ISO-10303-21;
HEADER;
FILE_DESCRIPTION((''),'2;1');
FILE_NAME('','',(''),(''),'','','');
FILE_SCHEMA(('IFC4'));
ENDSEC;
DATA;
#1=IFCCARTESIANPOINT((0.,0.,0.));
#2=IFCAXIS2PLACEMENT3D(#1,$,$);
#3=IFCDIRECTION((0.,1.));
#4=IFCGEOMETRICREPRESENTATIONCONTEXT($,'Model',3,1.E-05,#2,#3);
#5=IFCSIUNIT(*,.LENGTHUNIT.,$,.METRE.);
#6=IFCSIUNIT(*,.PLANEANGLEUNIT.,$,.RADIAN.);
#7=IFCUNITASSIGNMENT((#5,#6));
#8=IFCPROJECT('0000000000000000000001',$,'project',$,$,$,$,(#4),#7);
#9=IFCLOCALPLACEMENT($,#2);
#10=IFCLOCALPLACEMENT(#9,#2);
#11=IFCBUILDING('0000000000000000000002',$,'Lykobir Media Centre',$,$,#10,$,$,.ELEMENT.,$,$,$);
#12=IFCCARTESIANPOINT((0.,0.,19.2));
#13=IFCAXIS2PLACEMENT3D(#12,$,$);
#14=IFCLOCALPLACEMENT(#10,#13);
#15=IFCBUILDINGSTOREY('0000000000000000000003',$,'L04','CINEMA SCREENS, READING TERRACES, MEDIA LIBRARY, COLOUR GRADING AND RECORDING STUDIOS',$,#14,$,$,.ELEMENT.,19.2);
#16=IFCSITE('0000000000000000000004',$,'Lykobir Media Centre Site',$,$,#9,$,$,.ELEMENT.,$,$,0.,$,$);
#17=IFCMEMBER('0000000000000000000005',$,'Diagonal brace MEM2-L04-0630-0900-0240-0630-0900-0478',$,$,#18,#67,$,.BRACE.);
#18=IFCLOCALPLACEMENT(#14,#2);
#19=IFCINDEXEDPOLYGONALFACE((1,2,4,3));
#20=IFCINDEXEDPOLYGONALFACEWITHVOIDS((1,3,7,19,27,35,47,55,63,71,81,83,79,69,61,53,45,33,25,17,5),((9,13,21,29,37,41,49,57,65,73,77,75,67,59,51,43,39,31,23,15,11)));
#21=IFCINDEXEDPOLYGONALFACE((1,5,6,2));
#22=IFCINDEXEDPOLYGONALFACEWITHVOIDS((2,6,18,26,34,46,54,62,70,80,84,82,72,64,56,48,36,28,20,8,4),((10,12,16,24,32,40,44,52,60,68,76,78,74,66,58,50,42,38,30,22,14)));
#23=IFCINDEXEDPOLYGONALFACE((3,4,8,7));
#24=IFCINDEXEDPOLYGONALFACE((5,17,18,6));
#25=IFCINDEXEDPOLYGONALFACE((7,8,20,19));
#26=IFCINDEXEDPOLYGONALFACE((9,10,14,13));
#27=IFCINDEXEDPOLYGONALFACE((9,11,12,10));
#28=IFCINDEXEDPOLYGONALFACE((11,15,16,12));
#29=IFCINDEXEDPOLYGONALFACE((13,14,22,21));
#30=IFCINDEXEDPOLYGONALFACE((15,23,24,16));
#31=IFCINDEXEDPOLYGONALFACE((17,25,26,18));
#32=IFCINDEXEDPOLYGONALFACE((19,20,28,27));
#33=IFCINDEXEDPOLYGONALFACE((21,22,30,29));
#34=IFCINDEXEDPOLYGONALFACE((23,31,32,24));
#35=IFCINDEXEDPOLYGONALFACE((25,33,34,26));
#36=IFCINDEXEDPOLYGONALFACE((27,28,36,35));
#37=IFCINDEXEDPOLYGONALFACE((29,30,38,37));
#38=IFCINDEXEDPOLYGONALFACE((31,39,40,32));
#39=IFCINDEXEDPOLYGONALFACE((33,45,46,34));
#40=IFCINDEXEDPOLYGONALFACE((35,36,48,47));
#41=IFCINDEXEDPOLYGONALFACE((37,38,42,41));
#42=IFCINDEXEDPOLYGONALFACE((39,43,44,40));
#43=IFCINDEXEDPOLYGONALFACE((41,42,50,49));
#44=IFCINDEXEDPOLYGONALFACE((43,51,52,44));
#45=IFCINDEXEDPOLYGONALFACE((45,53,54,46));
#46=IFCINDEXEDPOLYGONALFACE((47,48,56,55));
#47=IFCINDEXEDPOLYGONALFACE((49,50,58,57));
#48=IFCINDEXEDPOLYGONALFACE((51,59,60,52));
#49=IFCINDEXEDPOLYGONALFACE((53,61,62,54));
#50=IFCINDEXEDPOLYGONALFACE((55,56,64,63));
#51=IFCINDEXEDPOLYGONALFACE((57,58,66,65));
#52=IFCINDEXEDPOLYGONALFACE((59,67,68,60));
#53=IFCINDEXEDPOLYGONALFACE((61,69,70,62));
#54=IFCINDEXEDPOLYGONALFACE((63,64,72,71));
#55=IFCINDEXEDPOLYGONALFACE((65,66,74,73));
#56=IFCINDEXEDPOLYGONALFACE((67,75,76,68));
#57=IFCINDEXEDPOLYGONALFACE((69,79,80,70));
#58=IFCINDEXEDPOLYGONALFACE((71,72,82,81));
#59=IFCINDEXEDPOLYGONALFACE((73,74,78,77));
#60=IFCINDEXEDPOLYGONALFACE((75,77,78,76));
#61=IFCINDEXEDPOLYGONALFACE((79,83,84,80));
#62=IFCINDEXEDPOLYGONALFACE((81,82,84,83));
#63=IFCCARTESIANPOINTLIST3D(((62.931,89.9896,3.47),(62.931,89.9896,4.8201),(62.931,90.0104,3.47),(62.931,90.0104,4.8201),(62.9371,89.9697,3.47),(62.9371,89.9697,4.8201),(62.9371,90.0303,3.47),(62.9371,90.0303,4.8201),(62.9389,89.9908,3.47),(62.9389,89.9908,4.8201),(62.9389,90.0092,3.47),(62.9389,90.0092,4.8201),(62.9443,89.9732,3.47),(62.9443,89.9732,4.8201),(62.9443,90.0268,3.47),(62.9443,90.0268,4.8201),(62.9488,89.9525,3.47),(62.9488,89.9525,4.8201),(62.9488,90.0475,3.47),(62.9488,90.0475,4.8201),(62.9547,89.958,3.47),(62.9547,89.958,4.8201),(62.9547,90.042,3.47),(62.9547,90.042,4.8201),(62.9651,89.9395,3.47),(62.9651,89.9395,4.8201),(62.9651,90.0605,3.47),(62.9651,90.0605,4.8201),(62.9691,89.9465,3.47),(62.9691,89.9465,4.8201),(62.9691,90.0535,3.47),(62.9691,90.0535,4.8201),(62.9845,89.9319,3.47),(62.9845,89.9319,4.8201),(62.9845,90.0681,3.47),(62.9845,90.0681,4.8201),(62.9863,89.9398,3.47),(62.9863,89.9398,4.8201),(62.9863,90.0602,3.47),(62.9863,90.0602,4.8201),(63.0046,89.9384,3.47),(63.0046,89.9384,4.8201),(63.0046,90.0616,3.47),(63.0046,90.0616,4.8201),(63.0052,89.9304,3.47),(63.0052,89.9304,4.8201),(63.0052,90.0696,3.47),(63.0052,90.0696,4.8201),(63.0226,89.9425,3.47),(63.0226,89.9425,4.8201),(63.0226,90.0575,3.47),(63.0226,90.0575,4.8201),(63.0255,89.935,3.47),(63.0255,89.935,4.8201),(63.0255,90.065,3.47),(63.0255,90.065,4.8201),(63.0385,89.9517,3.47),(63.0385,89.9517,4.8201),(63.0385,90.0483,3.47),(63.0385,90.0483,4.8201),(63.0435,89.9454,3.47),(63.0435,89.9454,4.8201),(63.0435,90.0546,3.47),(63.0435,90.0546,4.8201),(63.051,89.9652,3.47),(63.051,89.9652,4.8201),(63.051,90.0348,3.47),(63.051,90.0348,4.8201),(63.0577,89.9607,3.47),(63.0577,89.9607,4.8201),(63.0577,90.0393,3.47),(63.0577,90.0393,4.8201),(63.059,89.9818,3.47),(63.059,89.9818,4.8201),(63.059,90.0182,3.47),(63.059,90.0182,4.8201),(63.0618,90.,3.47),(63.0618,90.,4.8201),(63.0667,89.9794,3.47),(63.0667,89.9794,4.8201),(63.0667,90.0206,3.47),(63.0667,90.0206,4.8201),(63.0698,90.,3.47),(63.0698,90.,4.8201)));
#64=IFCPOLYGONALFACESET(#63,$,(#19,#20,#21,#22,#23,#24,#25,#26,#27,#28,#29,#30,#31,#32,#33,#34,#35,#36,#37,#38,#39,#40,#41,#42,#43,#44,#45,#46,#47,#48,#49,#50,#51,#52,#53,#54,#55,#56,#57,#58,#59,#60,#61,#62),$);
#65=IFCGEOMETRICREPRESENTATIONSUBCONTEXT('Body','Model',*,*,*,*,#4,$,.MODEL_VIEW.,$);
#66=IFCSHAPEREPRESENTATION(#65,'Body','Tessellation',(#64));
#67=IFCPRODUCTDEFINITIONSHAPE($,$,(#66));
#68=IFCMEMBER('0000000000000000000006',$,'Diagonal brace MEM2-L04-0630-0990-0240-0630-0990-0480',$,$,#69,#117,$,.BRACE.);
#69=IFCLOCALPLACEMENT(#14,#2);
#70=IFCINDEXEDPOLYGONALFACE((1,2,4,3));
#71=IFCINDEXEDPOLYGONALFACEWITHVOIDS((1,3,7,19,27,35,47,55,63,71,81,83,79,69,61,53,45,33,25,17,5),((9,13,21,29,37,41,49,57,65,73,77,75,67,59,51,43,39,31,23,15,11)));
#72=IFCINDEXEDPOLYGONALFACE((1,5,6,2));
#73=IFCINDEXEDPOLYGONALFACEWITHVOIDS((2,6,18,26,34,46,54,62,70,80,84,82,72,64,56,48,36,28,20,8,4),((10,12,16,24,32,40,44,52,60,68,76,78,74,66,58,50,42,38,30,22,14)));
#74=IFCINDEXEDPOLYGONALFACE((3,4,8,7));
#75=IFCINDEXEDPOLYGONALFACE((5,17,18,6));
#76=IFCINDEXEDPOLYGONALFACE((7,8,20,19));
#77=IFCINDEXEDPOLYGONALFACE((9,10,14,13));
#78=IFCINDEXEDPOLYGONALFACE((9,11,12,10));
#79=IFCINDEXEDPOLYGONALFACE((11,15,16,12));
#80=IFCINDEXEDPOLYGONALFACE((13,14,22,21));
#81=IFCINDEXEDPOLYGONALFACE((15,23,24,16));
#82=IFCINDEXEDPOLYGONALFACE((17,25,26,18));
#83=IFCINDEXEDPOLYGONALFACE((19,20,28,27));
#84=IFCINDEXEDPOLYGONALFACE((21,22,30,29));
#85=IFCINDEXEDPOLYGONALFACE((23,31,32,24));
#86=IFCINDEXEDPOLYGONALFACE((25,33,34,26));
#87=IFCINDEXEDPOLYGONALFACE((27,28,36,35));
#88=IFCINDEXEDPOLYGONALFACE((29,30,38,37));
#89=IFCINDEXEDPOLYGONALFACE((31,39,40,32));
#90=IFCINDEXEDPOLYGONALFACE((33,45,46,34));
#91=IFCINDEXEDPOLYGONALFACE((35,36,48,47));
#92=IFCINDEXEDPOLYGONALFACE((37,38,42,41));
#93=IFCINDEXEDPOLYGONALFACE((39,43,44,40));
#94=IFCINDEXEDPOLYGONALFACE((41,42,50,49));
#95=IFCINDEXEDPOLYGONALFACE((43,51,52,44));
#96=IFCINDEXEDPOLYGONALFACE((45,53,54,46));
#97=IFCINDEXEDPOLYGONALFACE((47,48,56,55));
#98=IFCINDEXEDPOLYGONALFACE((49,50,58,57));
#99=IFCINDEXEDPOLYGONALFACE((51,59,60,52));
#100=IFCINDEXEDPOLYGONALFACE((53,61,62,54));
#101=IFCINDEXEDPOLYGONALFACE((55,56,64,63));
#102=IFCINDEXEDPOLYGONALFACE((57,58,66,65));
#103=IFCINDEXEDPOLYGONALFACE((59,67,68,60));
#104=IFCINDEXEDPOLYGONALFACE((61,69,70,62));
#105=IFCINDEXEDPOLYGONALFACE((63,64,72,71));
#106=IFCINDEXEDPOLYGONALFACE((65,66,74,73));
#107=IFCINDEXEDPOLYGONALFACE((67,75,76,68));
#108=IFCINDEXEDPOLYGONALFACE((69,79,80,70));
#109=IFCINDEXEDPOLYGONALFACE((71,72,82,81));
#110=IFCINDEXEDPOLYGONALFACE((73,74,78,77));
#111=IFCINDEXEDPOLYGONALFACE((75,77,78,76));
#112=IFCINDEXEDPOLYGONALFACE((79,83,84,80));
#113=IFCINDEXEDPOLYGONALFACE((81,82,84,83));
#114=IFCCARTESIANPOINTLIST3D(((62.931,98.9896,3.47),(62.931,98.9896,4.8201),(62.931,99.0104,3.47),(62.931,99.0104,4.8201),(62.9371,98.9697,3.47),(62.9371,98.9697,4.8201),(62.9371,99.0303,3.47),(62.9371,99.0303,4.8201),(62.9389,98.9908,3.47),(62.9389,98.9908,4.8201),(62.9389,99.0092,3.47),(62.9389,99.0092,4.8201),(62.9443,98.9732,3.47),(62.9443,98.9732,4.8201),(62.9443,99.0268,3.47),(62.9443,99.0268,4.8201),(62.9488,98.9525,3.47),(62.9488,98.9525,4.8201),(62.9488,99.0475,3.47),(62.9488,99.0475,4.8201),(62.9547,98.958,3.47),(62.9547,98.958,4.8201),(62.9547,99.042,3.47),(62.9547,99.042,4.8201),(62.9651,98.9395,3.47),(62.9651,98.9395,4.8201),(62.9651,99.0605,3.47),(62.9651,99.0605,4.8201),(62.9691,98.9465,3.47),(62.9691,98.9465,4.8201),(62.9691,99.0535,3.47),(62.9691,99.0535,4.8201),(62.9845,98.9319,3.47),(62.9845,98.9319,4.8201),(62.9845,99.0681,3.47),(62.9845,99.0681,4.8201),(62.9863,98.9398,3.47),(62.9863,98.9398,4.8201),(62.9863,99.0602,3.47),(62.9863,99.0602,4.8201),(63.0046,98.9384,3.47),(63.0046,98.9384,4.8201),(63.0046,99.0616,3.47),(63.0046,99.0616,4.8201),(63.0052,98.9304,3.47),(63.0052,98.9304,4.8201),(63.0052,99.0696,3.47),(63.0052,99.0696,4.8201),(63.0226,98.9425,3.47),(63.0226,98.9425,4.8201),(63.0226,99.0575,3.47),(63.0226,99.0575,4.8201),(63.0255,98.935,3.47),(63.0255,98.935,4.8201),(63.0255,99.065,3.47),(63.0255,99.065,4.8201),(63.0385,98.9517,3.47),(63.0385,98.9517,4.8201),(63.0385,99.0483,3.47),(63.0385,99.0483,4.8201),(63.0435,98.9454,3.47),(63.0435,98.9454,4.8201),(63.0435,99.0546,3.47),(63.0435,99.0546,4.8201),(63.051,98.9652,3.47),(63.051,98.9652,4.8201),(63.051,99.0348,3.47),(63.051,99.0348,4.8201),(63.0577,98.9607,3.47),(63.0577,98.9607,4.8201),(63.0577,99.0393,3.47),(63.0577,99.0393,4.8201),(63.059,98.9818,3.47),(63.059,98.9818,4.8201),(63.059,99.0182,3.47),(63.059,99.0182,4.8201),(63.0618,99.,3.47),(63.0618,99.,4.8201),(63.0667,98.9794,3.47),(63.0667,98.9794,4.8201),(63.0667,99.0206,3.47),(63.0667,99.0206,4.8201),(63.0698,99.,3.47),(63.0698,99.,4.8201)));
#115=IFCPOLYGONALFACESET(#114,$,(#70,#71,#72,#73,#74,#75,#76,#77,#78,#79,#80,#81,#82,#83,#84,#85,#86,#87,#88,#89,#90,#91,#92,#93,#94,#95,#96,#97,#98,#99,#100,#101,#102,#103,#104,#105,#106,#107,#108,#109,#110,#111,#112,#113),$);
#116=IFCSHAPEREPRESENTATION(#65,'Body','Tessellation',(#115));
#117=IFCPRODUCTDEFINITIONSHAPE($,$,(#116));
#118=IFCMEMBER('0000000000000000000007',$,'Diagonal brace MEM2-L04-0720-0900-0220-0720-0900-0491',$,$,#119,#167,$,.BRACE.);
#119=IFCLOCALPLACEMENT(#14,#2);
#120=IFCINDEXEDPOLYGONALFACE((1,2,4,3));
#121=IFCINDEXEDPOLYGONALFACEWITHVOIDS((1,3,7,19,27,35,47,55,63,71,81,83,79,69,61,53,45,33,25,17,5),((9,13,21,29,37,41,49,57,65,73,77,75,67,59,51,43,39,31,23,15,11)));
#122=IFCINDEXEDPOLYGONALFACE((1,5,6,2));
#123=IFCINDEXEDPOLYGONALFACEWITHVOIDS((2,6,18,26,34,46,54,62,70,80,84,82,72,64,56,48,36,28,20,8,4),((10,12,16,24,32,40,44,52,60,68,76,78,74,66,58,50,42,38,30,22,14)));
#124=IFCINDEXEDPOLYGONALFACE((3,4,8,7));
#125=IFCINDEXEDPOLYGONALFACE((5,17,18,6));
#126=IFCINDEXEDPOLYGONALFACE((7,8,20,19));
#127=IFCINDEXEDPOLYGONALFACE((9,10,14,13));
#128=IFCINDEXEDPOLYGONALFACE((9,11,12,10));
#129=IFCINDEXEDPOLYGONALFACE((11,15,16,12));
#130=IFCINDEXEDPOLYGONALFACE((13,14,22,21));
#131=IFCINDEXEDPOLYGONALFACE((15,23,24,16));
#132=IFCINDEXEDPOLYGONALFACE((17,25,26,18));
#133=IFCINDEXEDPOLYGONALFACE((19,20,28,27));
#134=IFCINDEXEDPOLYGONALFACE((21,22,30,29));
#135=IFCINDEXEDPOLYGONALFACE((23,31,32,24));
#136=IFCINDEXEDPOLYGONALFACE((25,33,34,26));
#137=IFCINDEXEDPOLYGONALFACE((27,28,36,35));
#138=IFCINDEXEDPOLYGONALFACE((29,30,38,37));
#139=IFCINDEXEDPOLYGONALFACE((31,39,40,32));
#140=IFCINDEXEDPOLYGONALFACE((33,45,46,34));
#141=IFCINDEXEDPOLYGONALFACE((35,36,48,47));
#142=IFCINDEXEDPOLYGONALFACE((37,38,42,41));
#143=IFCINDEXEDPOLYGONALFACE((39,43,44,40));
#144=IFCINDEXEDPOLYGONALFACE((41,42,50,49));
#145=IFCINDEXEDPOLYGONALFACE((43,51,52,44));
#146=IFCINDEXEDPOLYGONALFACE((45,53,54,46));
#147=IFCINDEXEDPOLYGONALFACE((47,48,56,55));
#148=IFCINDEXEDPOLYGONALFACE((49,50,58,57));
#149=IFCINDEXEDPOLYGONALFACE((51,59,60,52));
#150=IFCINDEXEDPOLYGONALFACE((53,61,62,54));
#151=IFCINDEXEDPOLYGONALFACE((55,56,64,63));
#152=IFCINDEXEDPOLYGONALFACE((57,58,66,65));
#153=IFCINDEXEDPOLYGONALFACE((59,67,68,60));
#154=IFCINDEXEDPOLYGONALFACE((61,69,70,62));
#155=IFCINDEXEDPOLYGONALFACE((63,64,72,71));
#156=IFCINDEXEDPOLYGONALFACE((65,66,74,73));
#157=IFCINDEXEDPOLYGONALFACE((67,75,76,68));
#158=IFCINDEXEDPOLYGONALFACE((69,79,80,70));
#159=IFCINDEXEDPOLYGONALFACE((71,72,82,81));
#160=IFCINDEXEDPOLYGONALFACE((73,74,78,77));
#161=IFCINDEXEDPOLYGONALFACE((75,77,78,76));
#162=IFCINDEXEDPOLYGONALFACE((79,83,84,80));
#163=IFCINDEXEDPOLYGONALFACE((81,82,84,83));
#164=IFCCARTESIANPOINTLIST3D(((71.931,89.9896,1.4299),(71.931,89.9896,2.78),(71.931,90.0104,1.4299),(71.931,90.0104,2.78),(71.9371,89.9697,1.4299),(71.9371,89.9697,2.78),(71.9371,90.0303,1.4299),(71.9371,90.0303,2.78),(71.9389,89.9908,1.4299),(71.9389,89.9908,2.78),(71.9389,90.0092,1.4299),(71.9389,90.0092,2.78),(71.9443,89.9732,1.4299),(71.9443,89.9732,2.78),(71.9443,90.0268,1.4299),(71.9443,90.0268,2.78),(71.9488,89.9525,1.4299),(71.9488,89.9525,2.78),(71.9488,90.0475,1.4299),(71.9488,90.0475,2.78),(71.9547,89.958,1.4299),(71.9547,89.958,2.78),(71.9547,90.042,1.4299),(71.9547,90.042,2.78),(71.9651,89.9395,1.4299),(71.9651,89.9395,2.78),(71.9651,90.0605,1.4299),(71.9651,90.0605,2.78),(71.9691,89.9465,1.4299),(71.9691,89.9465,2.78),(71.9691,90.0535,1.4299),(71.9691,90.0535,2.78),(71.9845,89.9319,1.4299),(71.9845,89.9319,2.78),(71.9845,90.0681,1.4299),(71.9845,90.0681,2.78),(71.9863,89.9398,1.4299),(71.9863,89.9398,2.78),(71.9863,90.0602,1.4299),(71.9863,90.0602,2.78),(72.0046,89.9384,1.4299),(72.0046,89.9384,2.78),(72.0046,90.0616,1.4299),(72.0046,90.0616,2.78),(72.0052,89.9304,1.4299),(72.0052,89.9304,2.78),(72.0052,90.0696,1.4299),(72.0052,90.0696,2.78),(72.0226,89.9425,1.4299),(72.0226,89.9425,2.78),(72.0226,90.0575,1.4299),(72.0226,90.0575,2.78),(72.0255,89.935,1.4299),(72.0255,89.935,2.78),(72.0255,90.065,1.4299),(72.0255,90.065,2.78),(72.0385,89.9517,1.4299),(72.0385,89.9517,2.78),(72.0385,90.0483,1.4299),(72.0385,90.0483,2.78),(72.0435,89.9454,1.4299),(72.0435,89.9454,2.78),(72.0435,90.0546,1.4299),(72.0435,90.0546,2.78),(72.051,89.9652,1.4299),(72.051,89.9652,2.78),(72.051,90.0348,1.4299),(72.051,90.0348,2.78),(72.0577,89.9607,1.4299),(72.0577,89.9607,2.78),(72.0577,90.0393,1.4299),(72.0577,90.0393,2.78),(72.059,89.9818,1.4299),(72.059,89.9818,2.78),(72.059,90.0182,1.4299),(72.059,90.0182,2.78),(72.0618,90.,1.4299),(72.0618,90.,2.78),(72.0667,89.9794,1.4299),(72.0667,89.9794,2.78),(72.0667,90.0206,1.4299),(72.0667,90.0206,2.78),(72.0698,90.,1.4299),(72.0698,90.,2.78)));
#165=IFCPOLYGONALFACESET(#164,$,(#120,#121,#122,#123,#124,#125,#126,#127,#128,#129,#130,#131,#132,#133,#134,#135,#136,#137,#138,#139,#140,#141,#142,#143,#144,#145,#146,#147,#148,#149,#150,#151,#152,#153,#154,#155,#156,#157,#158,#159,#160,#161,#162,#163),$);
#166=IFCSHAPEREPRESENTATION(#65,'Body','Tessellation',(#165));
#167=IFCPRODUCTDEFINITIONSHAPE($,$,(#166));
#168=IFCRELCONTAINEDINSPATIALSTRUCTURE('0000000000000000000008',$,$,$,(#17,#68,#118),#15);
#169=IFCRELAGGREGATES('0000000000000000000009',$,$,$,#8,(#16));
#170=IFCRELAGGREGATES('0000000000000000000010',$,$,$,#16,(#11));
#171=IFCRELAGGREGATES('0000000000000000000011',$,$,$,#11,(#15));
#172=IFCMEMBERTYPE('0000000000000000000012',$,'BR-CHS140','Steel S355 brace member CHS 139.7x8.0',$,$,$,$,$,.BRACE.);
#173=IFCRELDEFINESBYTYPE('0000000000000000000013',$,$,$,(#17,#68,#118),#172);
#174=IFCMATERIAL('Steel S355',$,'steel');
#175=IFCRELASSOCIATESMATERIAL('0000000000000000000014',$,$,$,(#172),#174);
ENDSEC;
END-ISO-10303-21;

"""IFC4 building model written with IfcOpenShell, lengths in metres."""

from ifc_helpers import new_model, si_unit, direction, frame, origin, origin_2d, place, context, subcontext, project, spatial, hollow_circle, extrude, material, material_profile, profile_set, type_object, element, save


model = new_model("IFC4")

# Units and contexts
model_context = context("Model", 3, precision=1e-05, world=origin(), true_north=direction((0.0, 1.0)))
body_context = subcontext(model_context, "Body", "Model", "MODEL_VIEW")
ifc_project = project(units=[si_unit("LENGTHUNIT", "METRE"), si_unit("PLANEANGLEUNIT", "RADIAN")], contexts=[model_context])

# Site, building, storey
site_placement = place(None, origin())
site = spatial("IfcSite", under=ifc_project, at=site_placement, Name="Lykobir Media Centre Site", CompositionType="ELEMENT", RefElevation=0.0)
building_placement = place(site_placement, origin())
building = spatial("IfcBuilding", under=site, at=building_placement, Name="Lykobir Media Centre", CompositionType="ELEMENT")
storey_placement = place(building_placement, frame((0.0, 0.0, 19.2)))
storey = spatial("IfcBuildingStorey", under=building, at=storey_placement, Name="L04", Description="CINEMA SCREENS, READING TERRACES, MEDIA LIBRARY, COLOUR GRADING AND RECORDING STUDIOS", CompositionType="ELEMENT", Elevation=19.2)

# Members
ifc_material_1 = material(Name="Steel S355", Category="steel")
ifc_material_profile_1 = material_profile(ifc_material_1, hollow_circle(Radius=0.0698, WallThickness=0.0081, at=origin_2d()), Name="CHS 139.7x8.0")
ifc_profile_set_1 = profile_set([ifc_material_profile_1], Name="Steel S355")
member_type_1 = type_object("IfcMemberType", Name="BR-CHS140", Description="Steel S355 brace member CHS 139.7x8.0", PredefinedType="BRACE", material=ifc_profile_set_1)
for number, where, z_axis, x_axis, name in (
    (1, (63.0, 90.0, 4.8201), (0.0, 0.0, -1.0), (1.0, 0.0, 0.0), "Diagonal brace MEM2-L04-0630-0900-0240-0630-0900-0478"),
    (2, (63.0, 99.0, 4.8201), (0.0, 0.0, -1.0), (1.0, 0.0, 0.0), "Diagonal brace MEM2-L04-0630-0990-0240-0630-0990-0480"),
    (3, (72.0, 90.0, 2.78), (0.0, 0.0, -1.0), (1.0, 0.0, 0.0), "Diagonal brace MEM2-L04-0720-0900-0220-0720-0900-0491"),
):
    element("IfcMember", number, at=place(storey_placement, frame(where, z_axis=z_axis, x_axis=x_axis)), inside=storey, type_object=member_type_1, Name=name, PredefinedType="BRACE", context=body_context, shape_type="SweptSolid", body=[
        extrude(hollow_circle(Radius=0.0698, WallThickness=0.0081, at=origin_2d()), origin(), (0.0, 0.0, 1.0), 1.3501),
    ])

save(model, "model.ifc")
